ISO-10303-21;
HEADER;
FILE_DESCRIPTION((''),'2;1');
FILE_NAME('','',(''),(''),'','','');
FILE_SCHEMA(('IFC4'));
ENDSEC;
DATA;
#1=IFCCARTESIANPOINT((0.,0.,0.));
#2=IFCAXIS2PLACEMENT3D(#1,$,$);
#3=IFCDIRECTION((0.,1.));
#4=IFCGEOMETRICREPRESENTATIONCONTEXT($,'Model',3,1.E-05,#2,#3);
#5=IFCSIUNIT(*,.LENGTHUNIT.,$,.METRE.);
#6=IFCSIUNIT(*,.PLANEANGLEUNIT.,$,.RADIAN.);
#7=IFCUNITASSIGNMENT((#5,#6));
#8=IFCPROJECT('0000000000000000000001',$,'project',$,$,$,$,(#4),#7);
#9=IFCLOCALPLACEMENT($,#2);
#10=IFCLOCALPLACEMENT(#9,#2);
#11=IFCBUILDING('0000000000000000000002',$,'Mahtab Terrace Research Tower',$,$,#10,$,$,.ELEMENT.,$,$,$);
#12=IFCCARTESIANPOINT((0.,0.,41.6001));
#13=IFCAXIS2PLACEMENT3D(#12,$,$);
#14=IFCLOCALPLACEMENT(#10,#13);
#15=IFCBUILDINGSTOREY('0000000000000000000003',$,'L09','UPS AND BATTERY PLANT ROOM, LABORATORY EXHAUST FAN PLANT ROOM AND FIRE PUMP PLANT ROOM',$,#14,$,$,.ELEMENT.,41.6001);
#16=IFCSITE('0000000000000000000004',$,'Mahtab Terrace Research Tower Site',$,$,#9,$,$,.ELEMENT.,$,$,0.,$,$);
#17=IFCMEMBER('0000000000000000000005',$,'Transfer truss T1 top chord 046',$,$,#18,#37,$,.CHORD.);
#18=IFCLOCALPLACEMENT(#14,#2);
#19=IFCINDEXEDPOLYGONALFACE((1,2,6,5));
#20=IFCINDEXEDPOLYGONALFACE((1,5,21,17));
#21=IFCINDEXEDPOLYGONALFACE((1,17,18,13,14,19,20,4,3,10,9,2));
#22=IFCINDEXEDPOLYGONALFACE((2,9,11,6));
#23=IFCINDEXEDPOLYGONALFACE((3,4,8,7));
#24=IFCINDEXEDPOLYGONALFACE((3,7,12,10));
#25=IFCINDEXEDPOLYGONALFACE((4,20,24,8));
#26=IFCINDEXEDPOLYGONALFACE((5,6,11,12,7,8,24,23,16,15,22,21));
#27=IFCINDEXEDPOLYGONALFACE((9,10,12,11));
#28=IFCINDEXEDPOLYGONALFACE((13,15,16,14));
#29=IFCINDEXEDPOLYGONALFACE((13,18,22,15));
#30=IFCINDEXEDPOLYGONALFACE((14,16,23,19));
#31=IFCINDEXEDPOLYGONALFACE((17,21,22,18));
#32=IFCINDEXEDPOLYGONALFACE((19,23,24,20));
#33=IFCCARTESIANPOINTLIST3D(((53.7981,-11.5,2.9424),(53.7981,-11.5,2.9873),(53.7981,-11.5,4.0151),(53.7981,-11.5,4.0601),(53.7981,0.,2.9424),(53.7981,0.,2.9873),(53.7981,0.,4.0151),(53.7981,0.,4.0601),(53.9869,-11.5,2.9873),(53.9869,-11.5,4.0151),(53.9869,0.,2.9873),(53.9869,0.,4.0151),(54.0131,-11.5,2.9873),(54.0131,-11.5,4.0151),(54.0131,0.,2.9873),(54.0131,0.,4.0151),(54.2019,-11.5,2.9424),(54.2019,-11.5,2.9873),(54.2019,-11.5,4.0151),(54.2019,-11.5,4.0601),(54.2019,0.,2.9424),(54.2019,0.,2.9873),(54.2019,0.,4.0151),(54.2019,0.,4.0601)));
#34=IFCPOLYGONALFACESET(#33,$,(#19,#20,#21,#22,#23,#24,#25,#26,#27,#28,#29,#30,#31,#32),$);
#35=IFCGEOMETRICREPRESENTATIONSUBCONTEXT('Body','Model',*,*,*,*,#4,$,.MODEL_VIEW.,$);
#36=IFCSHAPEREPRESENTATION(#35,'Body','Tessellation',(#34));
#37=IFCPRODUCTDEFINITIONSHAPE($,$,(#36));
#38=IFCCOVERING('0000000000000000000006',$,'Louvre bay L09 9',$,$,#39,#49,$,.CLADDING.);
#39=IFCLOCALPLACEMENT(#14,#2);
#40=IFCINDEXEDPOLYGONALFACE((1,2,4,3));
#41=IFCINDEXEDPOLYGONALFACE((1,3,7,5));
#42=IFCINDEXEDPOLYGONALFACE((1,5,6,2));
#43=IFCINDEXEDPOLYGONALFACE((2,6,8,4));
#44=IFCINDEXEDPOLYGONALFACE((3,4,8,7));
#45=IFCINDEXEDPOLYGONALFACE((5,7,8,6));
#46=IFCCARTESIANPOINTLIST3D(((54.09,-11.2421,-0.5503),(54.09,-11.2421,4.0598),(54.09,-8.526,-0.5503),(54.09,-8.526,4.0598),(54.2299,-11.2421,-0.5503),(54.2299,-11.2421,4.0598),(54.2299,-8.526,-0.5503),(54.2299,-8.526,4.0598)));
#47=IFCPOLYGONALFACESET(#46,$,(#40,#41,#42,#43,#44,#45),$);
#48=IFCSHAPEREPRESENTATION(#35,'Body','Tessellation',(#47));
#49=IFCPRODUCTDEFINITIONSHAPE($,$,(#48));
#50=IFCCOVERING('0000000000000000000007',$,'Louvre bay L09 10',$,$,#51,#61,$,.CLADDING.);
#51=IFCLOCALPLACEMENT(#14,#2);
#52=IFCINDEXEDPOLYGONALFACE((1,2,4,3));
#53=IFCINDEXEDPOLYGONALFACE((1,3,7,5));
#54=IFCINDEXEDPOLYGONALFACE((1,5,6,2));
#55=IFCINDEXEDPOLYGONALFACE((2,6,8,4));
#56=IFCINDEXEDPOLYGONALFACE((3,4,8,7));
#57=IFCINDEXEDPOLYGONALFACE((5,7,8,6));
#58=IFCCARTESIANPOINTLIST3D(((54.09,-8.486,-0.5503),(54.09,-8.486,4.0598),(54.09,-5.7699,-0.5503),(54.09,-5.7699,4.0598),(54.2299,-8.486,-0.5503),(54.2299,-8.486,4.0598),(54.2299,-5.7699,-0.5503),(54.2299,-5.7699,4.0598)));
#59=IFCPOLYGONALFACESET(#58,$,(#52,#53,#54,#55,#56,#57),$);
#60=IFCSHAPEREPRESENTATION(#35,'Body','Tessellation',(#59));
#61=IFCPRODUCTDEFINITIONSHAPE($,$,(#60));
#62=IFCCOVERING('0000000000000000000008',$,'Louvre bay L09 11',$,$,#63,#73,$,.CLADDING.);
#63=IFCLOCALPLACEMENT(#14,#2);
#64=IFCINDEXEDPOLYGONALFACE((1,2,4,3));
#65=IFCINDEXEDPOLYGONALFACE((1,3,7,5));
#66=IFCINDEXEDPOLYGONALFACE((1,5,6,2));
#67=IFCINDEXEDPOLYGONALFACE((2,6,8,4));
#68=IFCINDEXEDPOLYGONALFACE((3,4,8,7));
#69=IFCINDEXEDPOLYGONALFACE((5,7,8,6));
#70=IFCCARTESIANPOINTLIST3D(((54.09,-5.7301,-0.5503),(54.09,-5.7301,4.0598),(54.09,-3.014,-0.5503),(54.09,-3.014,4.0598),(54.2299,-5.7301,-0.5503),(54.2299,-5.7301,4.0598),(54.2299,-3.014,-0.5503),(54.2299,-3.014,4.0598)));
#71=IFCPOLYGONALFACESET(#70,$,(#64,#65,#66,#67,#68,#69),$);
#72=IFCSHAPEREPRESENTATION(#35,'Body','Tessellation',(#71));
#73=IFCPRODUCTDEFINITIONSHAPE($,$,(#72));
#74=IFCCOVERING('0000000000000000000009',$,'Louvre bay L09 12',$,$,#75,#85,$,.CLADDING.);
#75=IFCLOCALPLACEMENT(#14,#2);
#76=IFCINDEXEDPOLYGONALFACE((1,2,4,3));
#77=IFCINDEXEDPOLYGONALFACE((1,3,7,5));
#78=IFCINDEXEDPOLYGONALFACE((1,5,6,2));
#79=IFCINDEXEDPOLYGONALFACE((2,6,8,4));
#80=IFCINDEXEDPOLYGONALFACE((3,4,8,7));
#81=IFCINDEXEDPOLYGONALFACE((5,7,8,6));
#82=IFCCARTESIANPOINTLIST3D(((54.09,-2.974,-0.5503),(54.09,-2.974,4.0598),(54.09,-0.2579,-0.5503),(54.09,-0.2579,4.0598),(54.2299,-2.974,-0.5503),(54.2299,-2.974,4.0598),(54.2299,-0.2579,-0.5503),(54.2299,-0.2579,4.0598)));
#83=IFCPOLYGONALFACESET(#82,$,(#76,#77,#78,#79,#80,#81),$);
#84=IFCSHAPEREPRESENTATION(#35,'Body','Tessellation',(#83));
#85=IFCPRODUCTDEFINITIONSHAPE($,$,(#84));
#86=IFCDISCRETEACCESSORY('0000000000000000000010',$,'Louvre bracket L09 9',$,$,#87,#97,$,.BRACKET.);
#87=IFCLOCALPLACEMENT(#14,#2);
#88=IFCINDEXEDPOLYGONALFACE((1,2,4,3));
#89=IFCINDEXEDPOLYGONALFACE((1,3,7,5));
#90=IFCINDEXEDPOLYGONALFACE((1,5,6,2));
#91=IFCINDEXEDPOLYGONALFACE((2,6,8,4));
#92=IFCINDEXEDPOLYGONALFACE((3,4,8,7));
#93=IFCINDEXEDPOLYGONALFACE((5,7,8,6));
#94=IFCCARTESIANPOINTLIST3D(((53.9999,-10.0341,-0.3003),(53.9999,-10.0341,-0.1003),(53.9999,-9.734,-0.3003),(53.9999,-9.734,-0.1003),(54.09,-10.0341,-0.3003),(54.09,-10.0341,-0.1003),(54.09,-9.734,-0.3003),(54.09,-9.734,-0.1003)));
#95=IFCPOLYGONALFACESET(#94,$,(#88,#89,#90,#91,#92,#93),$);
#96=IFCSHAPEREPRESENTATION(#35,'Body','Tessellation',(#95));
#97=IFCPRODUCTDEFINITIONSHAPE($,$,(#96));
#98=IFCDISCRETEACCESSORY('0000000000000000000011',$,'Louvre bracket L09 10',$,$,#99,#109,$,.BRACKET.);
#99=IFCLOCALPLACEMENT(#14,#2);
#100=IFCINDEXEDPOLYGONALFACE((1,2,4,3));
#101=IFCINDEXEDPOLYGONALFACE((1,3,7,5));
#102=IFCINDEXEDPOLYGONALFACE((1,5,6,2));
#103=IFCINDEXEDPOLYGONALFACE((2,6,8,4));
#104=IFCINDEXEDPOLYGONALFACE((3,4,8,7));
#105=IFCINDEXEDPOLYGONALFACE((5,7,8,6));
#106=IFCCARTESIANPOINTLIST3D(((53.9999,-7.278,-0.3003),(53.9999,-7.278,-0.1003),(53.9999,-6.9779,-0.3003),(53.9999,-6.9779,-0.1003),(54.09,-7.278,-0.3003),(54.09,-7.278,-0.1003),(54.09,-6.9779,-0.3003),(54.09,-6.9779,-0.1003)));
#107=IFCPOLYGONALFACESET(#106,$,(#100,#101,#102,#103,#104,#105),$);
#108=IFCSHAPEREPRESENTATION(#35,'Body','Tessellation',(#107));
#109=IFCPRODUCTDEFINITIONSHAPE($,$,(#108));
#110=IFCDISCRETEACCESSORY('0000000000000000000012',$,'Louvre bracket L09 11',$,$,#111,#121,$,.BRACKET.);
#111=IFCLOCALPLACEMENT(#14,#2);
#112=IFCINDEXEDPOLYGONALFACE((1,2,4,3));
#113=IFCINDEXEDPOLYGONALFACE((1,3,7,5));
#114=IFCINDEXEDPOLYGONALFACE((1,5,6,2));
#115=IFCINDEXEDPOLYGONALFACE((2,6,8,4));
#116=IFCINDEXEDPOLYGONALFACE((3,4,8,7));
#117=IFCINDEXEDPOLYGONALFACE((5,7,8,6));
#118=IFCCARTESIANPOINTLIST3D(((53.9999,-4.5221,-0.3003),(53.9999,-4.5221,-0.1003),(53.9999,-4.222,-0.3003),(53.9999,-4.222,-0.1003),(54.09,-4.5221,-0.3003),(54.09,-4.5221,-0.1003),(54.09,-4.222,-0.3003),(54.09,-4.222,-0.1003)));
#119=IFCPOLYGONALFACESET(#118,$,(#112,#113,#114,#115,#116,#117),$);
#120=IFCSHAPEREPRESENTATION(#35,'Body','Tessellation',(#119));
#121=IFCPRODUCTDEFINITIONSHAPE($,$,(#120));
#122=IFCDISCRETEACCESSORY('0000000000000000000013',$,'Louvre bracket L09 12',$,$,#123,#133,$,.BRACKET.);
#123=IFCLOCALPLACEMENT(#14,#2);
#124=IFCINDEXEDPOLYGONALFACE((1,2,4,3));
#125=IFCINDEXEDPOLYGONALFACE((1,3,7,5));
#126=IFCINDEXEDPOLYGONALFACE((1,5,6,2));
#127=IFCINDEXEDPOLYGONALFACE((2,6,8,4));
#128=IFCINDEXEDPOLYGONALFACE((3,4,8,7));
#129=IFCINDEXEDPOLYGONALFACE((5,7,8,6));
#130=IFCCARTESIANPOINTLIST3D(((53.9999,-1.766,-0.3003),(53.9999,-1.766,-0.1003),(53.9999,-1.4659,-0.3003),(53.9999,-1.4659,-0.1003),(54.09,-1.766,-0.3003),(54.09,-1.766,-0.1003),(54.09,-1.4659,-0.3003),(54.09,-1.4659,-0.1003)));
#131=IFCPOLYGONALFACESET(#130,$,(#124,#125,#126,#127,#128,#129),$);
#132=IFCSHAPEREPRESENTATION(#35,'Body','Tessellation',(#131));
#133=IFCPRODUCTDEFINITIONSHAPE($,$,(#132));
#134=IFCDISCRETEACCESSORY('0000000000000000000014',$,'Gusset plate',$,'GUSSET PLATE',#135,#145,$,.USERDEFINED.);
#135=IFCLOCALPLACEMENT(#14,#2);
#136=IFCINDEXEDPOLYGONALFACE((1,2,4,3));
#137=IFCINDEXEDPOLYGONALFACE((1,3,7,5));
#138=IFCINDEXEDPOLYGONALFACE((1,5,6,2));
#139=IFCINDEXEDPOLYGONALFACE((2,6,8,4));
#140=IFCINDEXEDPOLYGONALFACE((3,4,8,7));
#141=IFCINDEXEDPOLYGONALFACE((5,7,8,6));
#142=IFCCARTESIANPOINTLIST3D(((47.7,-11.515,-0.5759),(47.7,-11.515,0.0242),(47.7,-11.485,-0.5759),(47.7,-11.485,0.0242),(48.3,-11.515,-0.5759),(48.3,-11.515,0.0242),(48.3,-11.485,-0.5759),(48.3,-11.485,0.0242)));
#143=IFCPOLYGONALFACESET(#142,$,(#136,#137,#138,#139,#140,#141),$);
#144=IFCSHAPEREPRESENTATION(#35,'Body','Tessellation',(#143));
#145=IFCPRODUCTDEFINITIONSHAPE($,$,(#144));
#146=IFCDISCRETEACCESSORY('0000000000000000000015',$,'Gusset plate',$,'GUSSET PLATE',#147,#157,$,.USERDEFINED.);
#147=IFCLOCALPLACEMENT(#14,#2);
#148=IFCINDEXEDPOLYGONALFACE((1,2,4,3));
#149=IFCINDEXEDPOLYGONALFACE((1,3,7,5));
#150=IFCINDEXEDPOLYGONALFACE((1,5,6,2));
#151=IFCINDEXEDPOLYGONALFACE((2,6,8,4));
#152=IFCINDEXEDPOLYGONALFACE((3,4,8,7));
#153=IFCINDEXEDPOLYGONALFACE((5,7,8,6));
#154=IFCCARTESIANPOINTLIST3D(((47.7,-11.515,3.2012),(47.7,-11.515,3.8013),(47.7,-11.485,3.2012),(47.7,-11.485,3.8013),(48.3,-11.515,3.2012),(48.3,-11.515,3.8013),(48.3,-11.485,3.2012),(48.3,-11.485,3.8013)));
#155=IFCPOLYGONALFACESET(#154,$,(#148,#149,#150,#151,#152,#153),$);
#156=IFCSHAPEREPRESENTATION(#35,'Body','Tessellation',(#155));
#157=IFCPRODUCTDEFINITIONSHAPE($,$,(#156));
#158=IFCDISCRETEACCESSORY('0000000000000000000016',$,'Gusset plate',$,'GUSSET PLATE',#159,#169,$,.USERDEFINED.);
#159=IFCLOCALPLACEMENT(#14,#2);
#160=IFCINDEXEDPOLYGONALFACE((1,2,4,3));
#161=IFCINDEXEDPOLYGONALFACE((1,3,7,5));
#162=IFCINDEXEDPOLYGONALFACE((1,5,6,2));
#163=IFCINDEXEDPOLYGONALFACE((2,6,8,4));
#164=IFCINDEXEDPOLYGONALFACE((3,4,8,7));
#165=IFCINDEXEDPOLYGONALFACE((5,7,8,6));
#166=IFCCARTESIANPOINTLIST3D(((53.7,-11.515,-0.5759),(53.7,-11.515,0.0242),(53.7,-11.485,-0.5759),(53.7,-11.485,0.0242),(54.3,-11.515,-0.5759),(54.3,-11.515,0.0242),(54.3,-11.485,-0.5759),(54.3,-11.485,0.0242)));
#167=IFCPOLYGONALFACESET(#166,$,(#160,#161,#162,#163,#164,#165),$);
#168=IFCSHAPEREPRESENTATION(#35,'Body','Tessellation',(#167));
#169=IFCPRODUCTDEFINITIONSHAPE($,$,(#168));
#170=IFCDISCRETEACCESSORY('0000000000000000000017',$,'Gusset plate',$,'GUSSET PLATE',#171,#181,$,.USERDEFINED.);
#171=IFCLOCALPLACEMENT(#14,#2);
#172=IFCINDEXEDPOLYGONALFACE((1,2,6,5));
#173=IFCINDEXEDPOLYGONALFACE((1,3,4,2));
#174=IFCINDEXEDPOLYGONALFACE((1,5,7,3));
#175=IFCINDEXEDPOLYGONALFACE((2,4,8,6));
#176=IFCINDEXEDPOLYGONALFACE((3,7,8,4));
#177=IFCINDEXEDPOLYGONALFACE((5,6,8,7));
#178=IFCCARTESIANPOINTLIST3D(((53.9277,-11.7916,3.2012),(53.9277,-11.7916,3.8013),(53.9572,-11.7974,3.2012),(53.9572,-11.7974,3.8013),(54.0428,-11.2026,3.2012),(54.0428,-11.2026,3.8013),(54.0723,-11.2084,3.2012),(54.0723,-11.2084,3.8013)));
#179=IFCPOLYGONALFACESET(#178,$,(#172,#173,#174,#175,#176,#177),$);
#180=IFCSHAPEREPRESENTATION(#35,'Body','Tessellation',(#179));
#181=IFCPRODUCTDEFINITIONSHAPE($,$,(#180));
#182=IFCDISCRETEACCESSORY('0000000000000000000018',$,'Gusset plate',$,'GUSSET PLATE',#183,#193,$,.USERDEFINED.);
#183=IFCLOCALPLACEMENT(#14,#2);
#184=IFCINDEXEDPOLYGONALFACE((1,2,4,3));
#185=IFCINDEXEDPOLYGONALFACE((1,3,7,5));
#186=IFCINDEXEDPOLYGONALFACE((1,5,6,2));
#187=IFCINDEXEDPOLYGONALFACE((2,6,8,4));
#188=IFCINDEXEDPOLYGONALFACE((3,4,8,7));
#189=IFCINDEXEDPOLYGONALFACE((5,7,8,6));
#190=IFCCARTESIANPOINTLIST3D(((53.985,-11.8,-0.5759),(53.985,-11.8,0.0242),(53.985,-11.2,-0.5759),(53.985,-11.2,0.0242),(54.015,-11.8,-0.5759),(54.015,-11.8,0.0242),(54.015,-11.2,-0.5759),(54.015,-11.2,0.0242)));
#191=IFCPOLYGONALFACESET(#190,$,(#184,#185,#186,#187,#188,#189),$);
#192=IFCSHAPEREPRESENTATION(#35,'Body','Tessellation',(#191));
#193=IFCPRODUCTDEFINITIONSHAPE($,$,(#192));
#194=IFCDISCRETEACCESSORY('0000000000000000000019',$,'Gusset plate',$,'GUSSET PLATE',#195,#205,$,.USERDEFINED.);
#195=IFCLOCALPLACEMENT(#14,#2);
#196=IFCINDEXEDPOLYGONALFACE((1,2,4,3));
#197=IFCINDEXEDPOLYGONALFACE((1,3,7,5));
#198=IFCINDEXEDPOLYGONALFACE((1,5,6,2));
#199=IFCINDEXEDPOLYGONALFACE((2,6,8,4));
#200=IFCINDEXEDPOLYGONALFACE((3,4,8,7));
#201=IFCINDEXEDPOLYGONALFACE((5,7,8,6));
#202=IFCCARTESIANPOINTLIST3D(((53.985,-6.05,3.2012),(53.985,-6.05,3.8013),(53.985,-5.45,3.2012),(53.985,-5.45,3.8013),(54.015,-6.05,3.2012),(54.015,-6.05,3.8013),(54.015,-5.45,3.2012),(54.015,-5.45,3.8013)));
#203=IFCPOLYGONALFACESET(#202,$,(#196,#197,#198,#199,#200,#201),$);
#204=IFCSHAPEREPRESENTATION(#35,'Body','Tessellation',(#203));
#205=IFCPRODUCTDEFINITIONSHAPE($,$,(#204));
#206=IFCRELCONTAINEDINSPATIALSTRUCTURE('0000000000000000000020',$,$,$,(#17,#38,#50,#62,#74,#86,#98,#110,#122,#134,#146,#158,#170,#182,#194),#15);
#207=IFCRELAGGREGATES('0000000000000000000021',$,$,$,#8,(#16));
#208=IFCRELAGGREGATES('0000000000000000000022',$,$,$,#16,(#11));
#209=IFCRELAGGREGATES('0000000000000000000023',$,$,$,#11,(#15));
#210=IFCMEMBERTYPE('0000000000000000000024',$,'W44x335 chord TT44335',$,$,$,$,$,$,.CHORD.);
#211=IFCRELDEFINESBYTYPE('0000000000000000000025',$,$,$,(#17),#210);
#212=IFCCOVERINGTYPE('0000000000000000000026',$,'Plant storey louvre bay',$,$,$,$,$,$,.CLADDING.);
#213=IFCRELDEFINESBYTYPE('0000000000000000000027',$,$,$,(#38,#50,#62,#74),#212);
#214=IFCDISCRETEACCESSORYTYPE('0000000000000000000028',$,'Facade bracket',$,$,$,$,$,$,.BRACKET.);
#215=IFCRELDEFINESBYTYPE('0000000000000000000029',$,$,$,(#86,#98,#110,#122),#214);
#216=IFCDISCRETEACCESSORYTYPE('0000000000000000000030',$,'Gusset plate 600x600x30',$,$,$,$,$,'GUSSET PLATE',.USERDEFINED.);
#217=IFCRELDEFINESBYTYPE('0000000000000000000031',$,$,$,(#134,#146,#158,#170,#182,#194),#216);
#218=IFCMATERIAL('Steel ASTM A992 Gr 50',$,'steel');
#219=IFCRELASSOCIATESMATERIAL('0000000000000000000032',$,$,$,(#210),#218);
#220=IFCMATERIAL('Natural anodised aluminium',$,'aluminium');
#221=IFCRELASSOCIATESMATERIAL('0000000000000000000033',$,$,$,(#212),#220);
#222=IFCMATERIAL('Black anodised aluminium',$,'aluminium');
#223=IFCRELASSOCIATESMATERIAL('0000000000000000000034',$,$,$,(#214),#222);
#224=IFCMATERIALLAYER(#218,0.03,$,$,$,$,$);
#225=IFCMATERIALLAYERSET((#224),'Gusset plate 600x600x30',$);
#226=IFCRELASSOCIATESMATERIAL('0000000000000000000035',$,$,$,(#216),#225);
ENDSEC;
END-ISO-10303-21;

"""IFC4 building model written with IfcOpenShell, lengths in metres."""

from ifc_helpers import new_model, si_unit, direction, frame, origin, origin_2d, place, context, subcontext, project, spatial, rectangle, i_section, extrude, material, layer, layer_set, material_profile, profile_set, type_object, element, save


model = new_model("IFC4")

# Units and contexts
model_context = context("Model", 3, precision=1e-05, world=origin(), true_north=direction((0.0, 1.0)))
body_context = subcontext(model_context, "Body", "Model", "MODEL_VIEW")
ifc_project = project(units=[si_unit("LENGTHUNIT", "METRE"), si_unit("PLANEANGLEUNIT", "RADIAN")], contexts=[model_context])

# Site, building, storey
site_placement = place(None, origin())
site = spatial("IfcSite", under=ifc_project, at=site_placement, Name="Mahtab Terrace Research Tower Site", CompositionType="ELEMENT", RefElevation=0.0)
building_placement = place(site_placement, origin())
building = spatial("IfcBuilding", under=site, at=building_placement, Name="Mahtab Terrace Research Tower", CompositionType="ELEMENT")
storey_placement = place(building_placement, frame((0.0, 0.0, 41.6001)))
storey = spatial("IfcBuildingStorey", under=building, at=storey_placement, Name="L09", Description="UPS AND BATTERY PLANT ROOM, LABORATORY EXHAUST FAN PLANT ROOM AND FIRE PUMP PLANT ROOM", CompositionType="ELEMENT", Elevation=41.6001)

# Shared definitions
ifc_material_1 = material(Name="Steel ASTM A992 Gr 50", Category="steel")

# Member
ifc_material_profile_1 = material_profile(ifc_material_1, i_section(OverallWidth=0.4038, OverallDepth=1.1177, WebThickness=0.0261, FlangeThickness=0.0449, at=origin_2d()), Name="W44X335")
ifc_profile_set_1 = profile_set([ifc_material_profile_1], Name="Steel ASTM A992 Gr 50")
member_type_1 = type_object("IfcMemberType", Name="W44x335 chord TT44335", PredefinedType="CHORD", material=ifc_profile_set_1)
member_1_placement = place(storey_placement, frame((54.0, -11.5, 3.5012), z_axis=(0.0, 1.0, 0.0), x_axis=(-1.0, 0.0, 0.0)))
element("IfcMember", 1, at=member_1_placement, inside=storey, type_object=member_type_1, Name="Transfer truss T1 top chord 046", PredefinedType="CHORD", context=body_context, shape_type="SweptSolid", body=[
    extrude(i_section(OverallWidth=0.4038, OverallDepth=1.1177, WebThickness=0.0261, FlangeThickness=0.0449, at=origin_2d()), origin(), (0.0, 0.0, 1.0), 11.5),
])

# Coverings
ifc_material_2 = material(Name="Natural anodised aluminium", Category="aluminium")
covering_type = type_object("IfcCoveringType", Name="Plant storey louvre bay", PredefinedType="CLADDING", material=ifc_material_2)
for number, where, z_axis, x_axis, name in (
    (2, (54.1599, -9.884, -0.5503), (0.0, 0.0, 1.0), (0.0, 1.0, 0.0), "Louvre bay L09 9"),
    (3, (54.1599, -7.1279, -0.5503), (0.0, 0.0, 1.0), (0.0, 1.0, 0.0), "Louvre bay L09 10"),
    (4, (54.1599, -4.3721, -0.5503), (0.0, 0.0, 1.0), (0.0, 1.0, 0.0), "Louvre bay L09 11"),
    (5, (54.1599, -1.616, -0.5503), (0.0, 0.0, 1.0), (0.0, 1.0, 0.0), "Louvre bay L09 12"),
):
    element("IfcCovering", number, at=place(storey_placement, frame(where, z_axis=z_axis, x_axis=x_axis)), inside=storey, type_object=covering_type, Name=name, PredefinedType="CLADDING", context=body_context, shape_type="SweptSolid", body=[
        extrude(rectangle(XDim=2.7161, YDim=0.1399, at=origin_2d()), origin(), (0.0, 0.0, 1.0), 4.6101),
    ])

# Discrete accessories
ifc_material_3 = material(Name="Black anodised aluminium", Category="aluminium")
discrete_accessory_type_1 = type_object("IfcDiscreteAccessoryType", Name="Facade bracket", PredefinedType="BRACKET", material=ifc_material_3)
for number, where, z_axis, x_axis, name in (
    (6, (54.0449, -9.884, -0.3003), (0.0, 0.0, 1.0), (0.0, 1.0, 0.0), "Louvre bracket L09 9"),
    (7, (54.0449, -7.1279, -0.3003), (0.0, 0.0, 1.0), (0.0, 1.0, 0.0), "Louvre bracket L09 10"),
    (8, (54.0449, -4.3721, -0.3003), (0.0, 0.0, 1.0), (0.0, 1.0, 0.0), "Louvre bracket L09 11"),
    (9, (54.0449, -1.616, -0.3003), (0.0, 0.0, 1.0), (0.0, 1.0, 0.0), "Louvre bracket L09 12"),
):
    element("IfcDiscreteAccessory", number, at=place(storey_placement, frame(where, z_axis=z_axis, x_axis=x_axis)), inside=storey, type_object=discrete_accessory_type_1, Name=name, PredefinedType="BRACKET", context=body_context, shape_type="SweptSolid", body=[
        extrude(rectangle(XDim=0.3, YDim=0.0901, at=origin_2d()), origin(), (0.0, 0.0, 1.0), 0.2),
    ])
ifc_layer = layer(ifc_material_1, 0.03)
ifc_layer_set = layer_set([ifc_layer], Name="Gusset plate 600x600x30")
discrete_accessory_type_2 = type_object("IfcDiscreteAccessoryType", Name="Gusset plate 600x600x30", ElementType="GUSSET PLATE", PredefinedType="USERDEFINED", material=ifc_layer_set)
for number, where, z_axis, x_axis, name in (
    (10, (48.0, -11.5, -0.5759), (0.0, 0.0, 1.0), (1.0, 0.0, 0.0), "Gusset plate"),
    (11, (48.0, -11.5, 3.2012), (0.0, 0.0, 1.0), (1.0, 0.0, 0.0), "Gusset plate"),
    (12, (54.0, -11.5, -0.5759), (0.0, 0.0, 1.0), (1.0, 0.0, 0.0), "Gusset plate"),
    (13, (54.0, -11.5, 3.2012), (0.0, 0.0, 1.0), (0.19182, 0.98143, 0.0), "Gusset plate"),
    (14, (54.0, -11.5, -0.5759), (0.0, 0.0, 1.0), (0.0, 1.0, 0.0), "Gusset plate"),
    (15, (54.0, -5.75, 3.2012), (0.0, 0.0, 1.0), (0.0, 1.0, 0.0), "Gusset plate"),
):
    element("IfcDiscreteAccessory", number, at=place(storey_placement, frame(where, z_axis=z_axis, x_axis=x_axis)), inside=storey, type_object=discrete_accessory_type_2, Name=name, ObjectType="GUSSET PLATE", PredefinedType="USERDEFINED", context=body_context, shape_type="SweptSolid", body=[
        extrude(rectangle(XDim=0.6001, YDim=0.03, at=origin_2d()), origin(), (0.0, 0.0, 1.0), 0.6001),
    ])

save(model, "model.ifc")
